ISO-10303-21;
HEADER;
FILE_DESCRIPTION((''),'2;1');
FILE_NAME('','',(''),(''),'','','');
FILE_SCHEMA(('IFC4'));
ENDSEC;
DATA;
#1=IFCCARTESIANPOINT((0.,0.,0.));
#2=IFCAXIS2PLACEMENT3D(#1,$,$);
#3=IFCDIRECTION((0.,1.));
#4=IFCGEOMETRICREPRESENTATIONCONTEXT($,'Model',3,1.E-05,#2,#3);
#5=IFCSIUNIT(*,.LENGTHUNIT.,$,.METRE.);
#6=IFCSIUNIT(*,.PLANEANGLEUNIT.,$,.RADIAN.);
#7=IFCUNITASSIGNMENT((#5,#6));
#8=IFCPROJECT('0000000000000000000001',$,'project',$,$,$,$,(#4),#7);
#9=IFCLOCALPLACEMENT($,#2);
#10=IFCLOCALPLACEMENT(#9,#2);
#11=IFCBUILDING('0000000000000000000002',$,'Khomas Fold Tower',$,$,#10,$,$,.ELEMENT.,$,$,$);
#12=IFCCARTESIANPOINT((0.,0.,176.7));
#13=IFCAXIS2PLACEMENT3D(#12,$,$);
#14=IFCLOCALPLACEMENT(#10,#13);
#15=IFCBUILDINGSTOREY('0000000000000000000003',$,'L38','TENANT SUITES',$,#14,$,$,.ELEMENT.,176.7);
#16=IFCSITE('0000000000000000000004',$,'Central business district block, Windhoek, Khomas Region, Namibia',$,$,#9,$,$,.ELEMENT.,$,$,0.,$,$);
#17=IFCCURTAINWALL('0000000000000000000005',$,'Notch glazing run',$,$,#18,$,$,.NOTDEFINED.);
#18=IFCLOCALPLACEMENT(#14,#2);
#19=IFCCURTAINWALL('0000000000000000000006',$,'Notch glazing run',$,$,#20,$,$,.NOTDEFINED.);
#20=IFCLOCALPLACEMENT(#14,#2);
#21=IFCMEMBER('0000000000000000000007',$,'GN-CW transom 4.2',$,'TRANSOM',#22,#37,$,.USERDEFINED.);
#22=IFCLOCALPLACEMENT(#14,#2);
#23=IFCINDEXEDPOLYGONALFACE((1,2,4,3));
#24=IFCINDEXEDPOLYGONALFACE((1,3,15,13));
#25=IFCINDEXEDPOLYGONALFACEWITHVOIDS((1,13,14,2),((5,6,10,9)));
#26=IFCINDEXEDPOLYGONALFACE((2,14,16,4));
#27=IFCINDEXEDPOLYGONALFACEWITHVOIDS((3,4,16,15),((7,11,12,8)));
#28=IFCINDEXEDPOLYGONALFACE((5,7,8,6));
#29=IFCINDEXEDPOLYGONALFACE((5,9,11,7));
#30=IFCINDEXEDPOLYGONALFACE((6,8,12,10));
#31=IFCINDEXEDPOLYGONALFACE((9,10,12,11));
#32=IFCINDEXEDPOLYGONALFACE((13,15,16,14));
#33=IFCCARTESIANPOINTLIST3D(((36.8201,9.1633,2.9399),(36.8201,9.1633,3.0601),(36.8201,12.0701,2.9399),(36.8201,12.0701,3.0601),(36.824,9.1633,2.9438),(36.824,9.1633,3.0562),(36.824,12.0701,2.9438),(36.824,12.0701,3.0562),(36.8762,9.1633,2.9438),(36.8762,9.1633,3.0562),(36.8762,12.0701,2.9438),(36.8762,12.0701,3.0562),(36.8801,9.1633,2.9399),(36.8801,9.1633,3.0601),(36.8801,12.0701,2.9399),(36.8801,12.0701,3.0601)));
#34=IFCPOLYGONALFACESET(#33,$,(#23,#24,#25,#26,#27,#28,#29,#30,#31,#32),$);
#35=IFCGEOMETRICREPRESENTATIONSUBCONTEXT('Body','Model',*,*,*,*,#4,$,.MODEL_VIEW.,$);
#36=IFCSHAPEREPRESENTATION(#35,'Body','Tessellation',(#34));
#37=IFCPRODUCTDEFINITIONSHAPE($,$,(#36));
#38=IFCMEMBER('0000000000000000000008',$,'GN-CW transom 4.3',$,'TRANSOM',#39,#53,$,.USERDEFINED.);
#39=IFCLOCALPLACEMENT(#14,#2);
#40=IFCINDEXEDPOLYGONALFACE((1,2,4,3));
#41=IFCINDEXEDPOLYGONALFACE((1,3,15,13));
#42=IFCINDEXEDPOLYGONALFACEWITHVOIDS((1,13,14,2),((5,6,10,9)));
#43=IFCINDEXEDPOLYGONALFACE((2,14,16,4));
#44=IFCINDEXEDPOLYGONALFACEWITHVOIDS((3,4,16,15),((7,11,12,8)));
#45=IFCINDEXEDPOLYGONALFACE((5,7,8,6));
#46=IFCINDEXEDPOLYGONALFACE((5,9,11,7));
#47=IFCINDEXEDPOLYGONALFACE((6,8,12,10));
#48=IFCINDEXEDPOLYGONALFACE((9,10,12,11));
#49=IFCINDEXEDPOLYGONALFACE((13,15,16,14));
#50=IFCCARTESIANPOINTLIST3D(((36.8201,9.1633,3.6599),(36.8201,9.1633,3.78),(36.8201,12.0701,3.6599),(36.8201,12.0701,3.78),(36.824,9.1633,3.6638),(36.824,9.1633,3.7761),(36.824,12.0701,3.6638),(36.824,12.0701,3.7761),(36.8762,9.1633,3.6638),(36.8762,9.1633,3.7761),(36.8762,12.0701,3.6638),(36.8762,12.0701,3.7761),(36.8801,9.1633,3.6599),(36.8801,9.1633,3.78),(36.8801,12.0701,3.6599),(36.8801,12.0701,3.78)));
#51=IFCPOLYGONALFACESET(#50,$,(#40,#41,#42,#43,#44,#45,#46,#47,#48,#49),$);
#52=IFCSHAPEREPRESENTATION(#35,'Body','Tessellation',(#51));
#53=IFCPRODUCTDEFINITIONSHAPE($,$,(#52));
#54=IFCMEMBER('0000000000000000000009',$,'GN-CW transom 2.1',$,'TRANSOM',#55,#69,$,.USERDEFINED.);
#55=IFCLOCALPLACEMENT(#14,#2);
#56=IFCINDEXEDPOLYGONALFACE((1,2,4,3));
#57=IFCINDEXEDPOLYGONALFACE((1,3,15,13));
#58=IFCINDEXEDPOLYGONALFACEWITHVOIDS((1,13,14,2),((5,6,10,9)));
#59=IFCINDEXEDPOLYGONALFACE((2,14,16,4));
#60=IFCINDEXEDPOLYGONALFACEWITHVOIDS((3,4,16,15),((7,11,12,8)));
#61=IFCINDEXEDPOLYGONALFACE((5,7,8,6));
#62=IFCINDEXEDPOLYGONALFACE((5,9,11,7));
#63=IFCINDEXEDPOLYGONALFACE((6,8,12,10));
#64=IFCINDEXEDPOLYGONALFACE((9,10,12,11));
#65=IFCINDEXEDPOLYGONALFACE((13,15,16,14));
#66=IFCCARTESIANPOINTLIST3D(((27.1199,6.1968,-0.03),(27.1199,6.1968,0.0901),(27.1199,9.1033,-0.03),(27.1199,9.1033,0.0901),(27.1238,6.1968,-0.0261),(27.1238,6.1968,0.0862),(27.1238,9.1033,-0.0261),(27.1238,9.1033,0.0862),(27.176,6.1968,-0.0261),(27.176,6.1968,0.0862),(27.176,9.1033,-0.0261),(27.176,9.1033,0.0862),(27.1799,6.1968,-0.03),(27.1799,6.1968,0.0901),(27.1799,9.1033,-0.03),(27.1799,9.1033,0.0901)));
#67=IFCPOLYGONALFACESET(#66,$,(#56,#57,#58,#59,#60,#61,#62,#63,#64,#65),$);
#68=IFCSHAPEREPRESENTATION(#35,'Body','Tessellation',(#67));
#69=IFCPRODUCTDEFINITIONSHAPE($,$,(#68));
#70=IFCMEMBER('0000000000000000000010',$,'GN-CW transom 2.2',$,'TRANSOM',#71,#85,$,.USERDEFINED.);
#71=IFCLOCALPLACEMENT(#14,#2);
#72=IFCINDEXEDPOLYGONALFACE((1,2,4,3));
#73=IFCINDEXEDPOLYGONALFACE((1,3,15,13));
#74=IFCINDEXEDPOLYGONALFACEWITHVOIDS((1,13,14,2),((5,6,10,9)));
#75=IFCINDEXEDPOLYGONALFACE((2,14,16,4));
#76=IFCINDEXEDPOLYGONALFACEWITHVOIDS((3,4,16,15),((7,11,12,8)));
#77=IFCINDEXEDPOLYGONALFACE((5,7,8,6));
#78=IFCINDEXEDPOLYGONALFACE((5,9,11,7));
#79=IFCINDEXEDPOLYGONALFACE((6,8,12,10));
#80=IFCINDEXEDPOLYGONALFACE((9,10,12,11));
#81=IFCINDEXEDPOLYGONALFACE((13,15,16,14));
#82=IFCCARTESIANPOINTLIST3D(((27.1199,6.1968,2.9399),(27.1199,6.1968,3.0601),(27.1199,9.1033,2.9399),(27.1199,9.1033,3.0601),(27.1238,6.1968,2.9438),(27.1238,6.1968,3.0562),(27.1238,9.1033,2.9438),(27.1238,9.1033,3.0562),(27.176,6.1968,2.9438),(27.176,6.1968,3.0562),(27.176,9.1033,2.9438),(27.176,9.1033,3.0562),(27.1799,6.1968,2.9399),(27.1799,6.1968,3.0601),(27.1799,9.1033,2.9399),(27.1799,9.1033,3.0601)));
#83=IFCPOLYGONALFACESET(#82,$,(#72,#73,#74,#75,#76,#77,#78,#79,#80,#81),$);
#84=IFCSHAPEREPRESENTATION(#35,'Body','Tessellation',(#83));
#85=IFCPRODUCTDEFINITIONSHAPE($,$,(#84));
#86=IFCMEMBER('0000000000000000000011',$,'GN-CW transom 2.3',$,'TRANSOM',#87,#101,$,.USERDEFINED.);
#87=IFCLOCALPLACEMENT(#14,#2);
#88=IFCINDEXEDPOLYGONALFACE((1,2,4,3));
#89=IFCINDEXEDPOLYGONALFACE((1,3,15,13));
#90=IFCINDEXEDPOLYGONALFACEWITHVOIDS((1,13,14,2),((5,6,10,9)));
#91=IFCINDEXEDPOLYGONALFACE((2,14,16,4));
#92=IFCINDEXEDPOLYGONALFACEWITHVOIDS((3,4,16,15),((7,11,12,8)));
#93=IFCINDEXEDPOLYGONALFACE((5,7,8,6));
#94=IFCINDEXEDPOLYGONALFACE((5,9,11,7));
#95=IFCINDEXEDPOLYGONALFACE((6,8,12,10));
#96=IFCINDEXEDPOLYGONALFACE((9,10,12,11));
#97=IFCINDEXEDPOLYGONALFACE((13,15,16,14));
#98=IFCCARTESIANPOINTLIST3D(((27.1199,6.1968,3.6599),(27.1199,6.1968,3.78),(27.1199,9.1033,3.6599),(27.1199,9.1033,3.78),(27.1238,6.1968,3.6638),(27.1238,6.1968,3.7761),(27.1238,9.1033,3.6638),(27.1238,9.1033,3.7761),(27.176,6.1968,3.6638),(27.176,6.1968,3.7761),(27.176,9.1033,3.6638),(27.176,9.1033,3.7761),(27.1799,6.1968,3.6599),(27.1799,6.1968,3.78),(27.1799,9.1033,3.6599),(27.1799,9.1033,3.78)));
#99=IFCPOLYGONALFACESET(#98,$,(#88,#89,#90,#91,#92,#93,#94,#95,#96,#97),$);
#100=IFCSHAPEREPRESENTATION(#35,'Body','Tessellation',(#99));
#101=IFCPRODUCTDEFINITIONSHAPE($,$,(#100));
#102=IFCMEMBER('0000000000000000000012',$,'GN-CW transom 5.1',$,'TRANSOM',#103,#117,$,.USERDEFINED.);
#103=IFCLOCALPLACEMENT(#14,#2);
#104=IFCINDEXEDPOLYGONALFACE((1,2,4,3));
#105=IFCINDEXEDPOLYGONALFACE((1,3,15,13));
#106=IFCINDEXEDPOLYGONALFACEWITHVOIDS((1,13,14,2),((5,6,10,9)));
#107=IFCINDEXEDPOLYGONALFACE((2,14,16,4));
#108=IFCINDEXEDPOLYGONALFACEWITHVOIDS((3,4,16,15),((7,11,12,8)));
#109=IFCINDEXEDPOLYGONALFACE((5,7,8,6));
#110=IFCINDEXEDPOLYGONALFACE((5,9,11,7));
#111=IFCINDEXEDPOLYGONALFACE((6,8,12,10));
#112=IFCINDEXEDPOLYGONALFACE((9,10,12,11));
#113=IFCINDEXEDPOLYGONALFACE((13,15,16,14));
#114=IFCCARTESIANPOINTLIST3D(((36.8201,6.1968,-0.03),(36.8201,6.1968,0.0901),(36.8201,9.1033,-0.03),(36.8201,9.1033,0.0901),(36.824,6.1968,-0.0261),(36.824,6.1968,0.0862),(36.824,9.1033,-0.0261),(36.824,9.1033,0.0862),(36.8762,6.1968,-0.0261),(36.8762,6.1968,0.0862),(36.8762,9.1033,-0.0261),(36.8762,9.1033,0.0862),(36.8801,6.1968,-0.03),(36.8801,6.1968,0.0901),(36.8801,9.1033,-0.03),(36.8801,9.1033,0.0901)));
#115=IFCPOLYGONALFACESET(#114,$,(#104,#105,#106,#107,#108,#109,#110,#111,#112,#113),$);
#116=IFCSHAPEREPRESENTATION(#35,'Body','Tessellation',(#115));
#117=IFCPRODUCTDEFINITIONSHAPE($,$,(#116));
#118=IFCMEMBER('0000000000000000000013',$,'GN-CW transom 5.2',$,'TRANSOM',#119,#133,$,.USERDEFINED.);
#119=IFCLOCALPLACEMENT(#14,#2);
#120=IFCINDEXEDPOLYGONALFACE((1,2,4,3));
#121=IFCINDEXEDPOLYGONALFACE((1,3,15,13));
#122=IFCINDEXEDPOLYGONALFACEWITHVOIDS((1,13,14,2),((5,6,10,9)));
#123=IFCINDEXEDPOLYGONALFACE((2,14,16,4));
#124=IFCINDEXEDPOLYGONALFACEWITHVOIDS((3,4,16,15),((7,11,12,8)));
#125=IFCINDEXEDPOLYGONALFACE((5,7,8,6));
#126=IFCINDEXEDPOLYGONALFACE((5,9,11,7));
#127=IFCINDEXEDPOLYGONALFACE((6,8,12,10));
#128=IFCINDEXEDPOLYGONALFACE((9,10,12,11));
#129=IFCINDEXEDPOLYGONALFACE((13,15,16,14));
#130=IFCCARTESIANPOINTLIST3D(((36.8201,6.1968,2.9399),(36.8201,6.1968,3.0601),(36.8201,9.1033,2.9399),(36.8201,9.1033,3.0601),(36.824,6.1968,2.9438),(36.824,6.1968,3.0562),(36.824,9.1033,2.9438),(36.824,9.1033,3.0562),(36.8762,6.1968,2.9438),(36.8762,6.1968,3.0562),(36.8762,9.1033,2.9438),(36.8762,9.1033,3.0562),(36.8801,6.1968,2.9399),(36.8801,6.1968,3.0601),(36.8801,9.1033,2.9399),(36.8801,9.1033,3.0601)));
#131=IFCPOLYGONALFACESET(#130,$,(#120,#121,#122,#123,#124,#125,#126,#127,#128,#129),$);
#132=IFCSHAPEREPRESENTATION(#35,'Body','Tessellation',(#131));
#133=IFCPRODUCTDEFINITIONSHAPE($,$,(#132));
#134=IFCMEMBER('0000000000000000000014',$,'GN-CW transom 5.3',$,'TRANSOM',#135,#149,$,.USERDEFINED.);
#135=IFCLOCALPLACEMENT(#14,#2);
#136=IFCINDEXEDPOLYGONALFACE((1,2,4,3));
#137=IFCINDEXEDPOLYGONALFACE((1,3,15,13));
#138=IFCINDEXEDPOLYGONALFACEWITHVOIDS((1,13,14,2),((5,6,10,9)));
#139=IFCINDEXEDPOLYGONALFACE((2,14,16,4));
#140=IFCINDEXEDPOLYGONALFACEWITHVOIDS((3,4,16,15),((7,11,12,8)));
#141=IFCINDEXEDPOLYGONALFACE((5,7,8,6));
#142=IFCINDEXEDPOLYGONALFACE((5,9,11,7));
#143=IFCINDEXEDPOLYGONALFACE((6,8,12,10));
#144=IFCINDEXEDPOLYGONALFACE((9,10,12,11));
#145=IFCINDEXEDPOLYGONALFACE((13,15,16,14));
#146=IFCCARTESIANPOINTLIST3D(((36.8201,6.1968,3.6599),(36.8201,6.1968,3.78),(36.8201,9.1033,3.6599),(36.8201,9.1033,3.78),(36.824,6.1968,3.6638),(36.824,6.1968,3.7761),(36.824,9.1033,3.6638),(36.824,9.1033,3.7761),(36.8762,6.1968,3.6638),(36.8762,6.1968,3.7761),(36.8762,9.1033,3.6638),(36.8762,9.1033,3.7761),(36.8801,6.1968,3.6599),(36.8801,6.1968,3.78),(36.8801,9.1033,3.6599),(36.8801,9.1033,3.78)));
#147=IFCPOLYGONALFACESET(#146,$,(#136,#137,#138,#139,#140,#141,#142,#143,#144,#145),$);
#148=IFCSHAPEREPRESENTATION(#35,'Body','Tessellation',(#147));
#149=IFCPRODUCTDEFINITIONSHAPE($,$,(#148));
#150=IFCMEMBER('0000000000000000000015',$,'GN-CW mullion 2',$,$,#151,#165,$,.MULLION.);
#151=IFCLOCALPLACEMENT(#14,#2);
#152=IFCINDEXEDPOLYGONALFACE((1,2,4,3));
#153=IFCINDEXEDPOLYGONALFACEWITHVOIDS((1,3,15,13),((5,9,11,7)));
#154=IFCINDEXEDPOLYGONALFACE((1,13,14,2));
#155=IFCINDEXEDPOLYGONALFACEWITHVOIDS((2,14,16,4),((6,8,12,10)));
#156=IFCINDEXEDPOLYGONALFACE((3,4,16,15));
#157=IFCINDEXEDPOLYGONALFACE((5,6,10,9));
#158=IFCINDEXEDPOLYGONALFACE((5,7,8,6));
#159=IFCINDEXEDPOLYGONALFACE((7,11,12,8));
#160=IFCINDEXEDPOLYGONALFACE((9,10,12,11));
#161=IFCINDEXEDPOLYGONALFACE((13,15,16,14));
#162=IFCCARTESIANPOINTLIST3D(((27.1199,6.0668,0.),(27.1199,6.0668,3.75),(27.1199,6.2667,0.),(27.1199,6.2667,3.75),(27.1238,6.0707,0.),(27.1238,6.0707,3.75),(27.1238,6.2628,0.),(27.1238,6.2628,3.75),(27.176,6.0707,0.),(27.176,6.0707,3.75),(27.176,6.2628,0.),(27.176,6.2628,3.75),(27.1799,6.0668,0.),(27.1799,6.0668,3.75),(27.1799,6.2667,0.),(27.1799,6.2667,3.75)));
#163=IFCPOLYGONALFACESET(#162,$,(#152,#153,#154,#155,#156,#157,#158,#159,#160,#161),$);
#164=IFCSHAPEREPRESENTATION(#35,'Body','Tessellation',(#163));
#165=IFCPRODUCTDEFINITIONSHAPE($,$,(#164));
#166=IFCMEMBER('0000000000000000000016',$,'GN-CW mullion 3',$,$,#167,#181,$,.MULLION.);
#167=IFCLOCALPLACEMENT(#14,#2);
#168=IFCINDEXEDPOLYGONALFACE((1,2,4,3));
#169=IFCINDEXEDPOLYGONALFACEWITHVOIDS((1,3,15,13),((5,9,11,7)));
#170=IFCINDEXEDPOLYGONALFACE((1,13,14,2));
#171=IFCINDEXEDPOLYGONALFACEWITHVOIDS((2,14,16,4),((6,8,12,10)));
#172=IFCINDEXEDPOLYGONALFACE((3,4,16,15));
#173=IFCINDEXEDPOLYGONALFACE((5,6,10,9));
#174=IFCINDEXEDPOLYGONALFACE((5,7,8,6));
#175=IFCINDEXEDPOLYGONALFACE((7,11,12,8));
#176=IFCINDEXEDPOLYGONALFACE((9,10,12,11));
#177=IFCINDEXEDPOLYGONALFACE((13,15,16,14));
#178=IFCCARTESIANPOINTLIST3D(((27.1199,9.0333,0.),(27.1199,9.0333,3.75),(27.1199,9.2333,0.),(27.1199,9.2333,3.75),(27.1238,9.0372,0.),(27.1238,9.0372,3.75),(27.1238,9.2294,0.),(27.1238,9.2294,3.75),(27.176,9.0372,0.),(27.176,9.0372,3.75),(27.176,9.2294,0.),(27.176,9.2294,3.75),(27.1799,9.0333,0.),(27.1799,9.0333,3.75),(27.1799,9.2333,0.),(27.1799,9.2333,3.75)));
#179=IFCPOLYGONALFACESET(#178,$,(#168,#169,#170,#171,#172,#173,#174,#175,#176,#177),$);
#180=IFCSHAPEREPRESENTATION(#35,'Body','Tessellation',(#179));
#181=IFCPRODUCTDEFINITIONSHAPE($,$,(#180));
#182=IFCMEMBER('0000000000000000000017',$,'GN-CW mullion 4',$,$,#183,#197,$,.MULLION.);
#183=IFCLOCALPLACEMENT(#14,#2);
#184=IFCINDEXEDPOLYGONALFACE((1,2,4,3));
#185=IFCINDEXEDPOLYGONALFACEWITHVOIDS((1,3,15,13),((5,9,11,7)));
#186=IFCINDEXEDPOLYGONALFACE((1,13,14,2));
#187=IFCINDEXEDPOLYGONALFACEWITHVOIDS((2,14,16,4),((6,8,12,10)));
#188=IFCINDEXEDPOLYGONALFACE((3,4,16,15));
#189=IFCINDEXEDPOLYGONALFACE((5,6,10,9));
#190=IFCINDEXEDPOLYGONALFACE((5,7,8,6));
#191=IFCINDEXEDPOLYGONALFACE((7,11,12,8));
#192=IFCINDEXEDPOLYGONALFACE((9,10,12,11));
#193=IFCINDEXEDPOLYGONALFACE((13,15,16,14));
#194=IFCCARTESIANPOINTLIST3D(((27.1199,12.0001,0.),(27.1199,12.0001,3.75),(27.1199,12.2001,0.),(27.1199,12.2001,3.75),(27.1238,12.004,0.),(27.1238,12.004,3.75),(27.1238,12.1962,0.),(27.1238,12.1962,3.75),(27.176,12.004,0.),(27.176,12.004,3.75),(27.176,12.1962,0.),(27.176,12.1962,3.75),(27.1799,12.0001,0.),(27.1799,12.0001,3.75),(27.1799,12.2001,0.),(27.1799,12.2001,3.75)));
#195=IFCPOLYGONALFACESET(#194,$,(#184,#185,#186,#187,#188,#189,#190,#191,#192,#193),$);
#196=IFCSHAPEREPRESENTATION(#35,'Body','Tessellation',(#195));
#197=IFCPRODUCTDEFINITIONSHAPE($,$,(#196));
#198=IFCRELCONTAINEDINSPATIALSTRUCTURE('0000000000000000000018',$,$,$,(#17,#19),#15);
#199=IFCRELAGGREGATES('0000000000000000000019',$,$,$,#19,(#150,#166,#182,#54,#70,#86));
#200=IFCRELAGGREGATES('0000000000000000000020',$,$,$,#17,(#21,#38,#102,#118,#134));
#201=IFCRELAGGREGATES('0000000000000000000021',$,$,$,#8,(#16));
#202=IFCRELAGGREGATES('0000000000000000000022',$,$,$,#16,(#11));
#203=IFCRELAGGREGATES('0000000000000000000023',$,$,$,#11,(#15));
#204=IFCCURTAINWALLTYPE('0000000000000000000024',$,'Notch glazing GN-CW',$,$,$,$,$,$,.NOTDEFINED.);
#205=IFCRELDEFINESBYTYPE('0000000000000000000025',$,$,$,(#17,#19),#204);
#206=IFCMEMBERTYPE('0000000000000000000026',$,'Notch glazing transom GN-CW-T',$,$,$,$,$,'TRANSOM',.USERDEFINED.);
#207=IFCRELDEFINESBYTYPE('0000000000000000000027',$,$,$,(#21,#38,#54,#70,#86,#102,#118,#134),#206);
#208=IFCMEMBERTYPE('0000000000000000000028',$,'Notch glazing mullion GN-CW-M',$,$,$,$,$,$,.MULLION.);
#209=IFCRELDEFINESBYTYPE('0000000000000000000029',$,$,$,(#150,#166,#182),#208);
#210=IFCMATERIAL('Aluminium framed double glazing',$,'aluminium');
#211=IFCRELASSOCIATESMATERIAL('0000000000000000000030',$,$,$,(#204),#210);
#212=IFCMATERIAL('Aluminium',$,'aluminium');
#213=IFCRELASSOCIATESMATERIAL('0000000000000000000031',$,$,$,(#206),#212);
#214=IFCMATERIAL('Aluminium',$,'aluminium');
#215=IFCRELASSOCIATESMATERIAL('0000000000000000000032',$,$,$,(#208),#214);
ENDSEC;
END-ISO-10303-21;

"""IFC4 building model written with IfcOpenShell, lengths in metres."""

from ifc_helpers import new_model, si_unit, direction, frame, origin, origin_2d, place, context, subcontext, project, spatial, hollow_rectangle, extrude, source, transform, mapped, material, material_profile, profile_set, type_object, element, aggregate, save


model = new_model("IFC4")

# Units and contexts
model_context = context("Model", 3, precision=1e-05, world=origin(), true_north=direction((0.0, 1.0)))
body_context = subcontext(model_context, "Body", "Model", "MODEL_VIEW")
ifc_project = project(units=[si_unit("LENGTHUNIT", "METRE"), si_unit("PLANEANGLEUNIT", "RADIAN")], contexts=[model_context])

# Site, building, storey
site_placement = place(None, origin())
site = spatial("IfcSite", under=ifc_project, at=site_placement, Name="Central business district block, Windhoek, Khomas Region, Namibia", CompositionType="ELEMENT", RefElevation=0.0)
building_placement = place(site_placement, origin())
building = spatial("IfcBuilding", under=site, at=building_placement, Name="Khomas Fold Tower", CompositionType="ELEMENT")
storey_placement = place(building_placement, frame((0.0, 0.0, 176.7)))
storey = spatial("IfcBuildingStorey", under=building, at=storey_placement, Name="L38", Description="TENANT SUITES", CompositionType="ELEMENT", Elevation=176.7)

# Curtain walls
ifc_material_1 = material(Name="Aluminium framed double glazing", Category="aluminium")
curtain_wall_type_1 = type_object("IfcCurtainWallType", Name="Notch glazing GN-CW", PredefinedType="NOTDEFINED", material=ifc_material_1)
curtain_wall_1_placement = place(storey_placement, origin())
curtain_wall_1 = element("IfcCurtainWall", 1, at=curtain_wall_1_placement, inside=storey, type_object=curtain_wall_type_1, Name="Notch glazing run", PredefinedType="NOTDEFINED")
ifc_material_2 = material(Name="Aluminium", Category="aluminium")
ifc_material_profile_1 = material_profile(ifc_material_2, hollow_rectangle(XDim=0.0601, YDim=0.1201, WallThickness=0.0039, at=origin_2d()), Name="Notch glazing transom GN-CW-T")
ifc_profile_set_1 = profile_set([ifc_material_profile_1], Name="Aluminium")
member_type_1 = type_object("IfcMemberType", Name="Notch glazing transom GN-CW-T", ElementType="TRANSOM", PredefinedType="USERDEFINED", material=ifc_profile_set_1)
curtain_wall_2_placement = place(storey_placement, origin())
curtain_wall_2 = element("IfcCurtainWall", 2, at=curtain_wall_2_placement, inside=storey, type_object=curtain_wall_type_1, Name="Notch glazing run", PredefinedType="NOTDEFINED")
shared_shape_1 = source(origin(), body_context, "Body", "SweptSolid", [
    extrude(hollow_rectangle(XDim=0.0601, YDim=0.1201, WallThickness=0.0039, at=origin_2d()), origin(), (0.0, 0.0, 1.0), 2.9067),
])

# Members
member_1_placement = place(storey_placement, frame((36.8501, 12.0701, 3.0), z_axis=(0.0, -1.0, 0.0), x_axis=(1.0, 0.0, 0.0)))
member_1 = element("IfcMember", 3, at=member_1_placement, type_object=member_type_1, Name="GN-CW transom 4.2", ObjectType="TRANSOM", PredefinedType="USERDEFINED", context=body_context, shape_type="MappedRepresentation", body=[
    mapped(shared_shape_1, transform((0.0, 0.0, 0.0))),
])
member_2_placement = place(storey_placement, frame((36.8501, 12.0701, 3.72), z_axis=(0.0, -1.0, 0.0), x_axis=(1.0, 0.0, 0.0)))
member_2 = element("IfcMember", 4, at=member_2_placement, type_object=member_type_1, Name="GN-CW transom 4.3", ObjectType="TRANSOM", PredefinedType="USERDEFINED", context=body_context, shape_type="MappedRepresentation", body=[
    mapped(shared_shape_1, transform((0.0, 0.0, 0.0))),
])
shared_shape_2 = source(origin(), body_context, "Body", "SweptSolid", [
    extrude(hollow_rectangle(XDim=0.0601, YDim=0.1201, WallThickness=0.0039, at=origin_2d()), origin(), (0.0, 0.0, 1.0), 2.9065),
])
member_3_placement = place(storey_placement, frame((27.1499, 6.1968, 0.03), z_axis=(0.0, 1.0, 0.0), x_axis=(-1.0, 0.0, 0.0)))
member_3 = element("IfcMember", 5, at=member_3_placement, type_object=member_type_1, Name="GN-CW transom 2.1", ObjectType="TRANSOM", PredefinedType="USERDEFINED", context=body_context, shape_type="MappedRepresentation", body=[
    mapped(shared_shape_2, transform((0.0, 0.0, 0.0))),
])
member_4_placement = place(storey_placement, frame((27.1499, 6.1968, 3.0), z_axis=(0.0, 1.0, 0.0), x_axis=(-1.0, 0.0, 0.0)))
member_4 = element("IfcMember", 6, at=member_4_placement, type_object=member_type_1, Name="GN-CW transom 2.2", ObjectType="TRANSOM", PredefinedType="USERDEFINED", context=body_context, shape_type="MappedRepresentation", body=[
    mapped(shared_shape_2, transform((0.0, 0.0, 0.0))),
])
member_5_placement = place(storey_placement, frame((27.1499, 6.1968, 3.72), z_axis=(0.0, 1.0, 0.0), x_axis=(-1.0, 0.0, 0.0)))
member_5 = element("IfcMember", 7, at=member_5_placement, type_object=member_type_1, Name="GN-CW transom 2.3", ObjectType="TRANSOM", PredefinedType="USERDEFINED", context=body_context, shape_type="MappedRepresentation", body=[
    mapped(shared_shape_2, transform((0.0, 0.0, 0.0))),
])
member_6_placement = place(storey_placement, frame((36.8501, 9.1033, 0.03), z_axis=(0.0, -1.0, 0.0), x_axis=(1.0, 0.0, 0.0)))
member_6 = element("IfcMember", 8, at=member_6_placement, type_object=member_type_1, Name="GN-CW transom 5.1", ObjectType="TRANSOM", PredefinedType="USERDEFINED", context=body_context, shape_type="MappedRepresentation", body=[
    mapped(shared_shape_2, transform((0.0, 0.0, 0.0))),
])
member_7_placement = place(storey_placement, frame((36.8501, 9.1033, 3.0), z_axis=(0.0, -1.0, 0.0), x_axis=(1.0, 0.0, 0.0)))
member_7 = element("IfcMember", 9, at=member_7_placement, type_object=member_type_1, Name="GN-CW transom 5.2", ObjectType="TRANSOM", PredefinedType="USERDEFINED", context=body_context, shape_type="MappedRepresentation", body=[
    mapped(shared_shape_2, transform((0.0, 0.0, 0.0))),
])
member_8_placement = place(storey_placement, frame((36.8501, 9.1033, 3.72), z_axis=(0.0, -1.0, 0.0), x_axis=(1.0, 0.0, 0.0)))
member_8 = element("IfcMember", 10, at=member_8_placement, type_object=member_type_1, Name="GN-CW transom 5.3", ObjectType="TRANSOM", PredefinedType="USERDEFINED", context=body_context, shape_type="MappedRepresentation", body=[
    mapped(shared_shape_2, transform((0.0, 0.0, 0.0))),
])
ifc_material_3 = material(Name="Aluminium", Category="aluminium")
ifc_material_profile_2 = material_profile(ifc_material_3, hollow_rectangle(XDim=0.0601, YDim=0.2, WallThickness=0.0039, at=origin_2d()), Name="Notch glazing mullion GN-CW-M")
ifc_profile_set_2 = profile_set([ifc_material_profile_2], Name="Aluminium")
member_type_2 = type_object("IfcMemberType", Name="Notch glazing mullion GN-CW-M", PredefinedType="MULLION", material=ifc_profile_set_2)
shared_shape_3 = source(origin(), body_context, "Body", "SweptSolid", [
    extrude(hollow_rectangle(XDim=0.0601, YDim=0.2, WallThickness=0.0039, at=origin_2d()), origin(), (0.0, 0.0, 1.0), 3.75),
])
member_9_placement = place(storey_placement, frame((27.1499, 6.1667, 0.0), z_axis=(0.0, 0.0, 1.0), x_axis=(-1.0, 0.0, 0.0)))
member_9 = element("IfcMember", 11, at=member_9_placement, type_object=member_type_2, Name="GN-CW mullion 2", PredefinedType="MULLION", context=body_context, shape_type="MappedRepresentation", body=[
    mapped(shared_shape_3, transform((0.0, 0.0, 0.0))),
])
member_10_placement = place(storey_placement, frame((27.1499, 9.1333, 0.0), z_axis=(0.0, 0.0, 1.0), x_axis=(-1.0, 0.0, 0.0)))
member_10 = element("IfcMember", 12, at=member_10_placement, type_object=member_type_2, Name="GN-CW mullion 3", PredefinedType="MULLION", context=body_context, shape_type="MappedRepresentation", body=[
    mapped(shared_shape_3, transform((0.0, 0.0, 0.0))),
])
member_11_placement = place(storey_placement, frame((27.1499, 12.1001, 0.0), z_axis=(0.0, 0.0, 1.0), x_axis=(-1.0, 0.0, 0.0)))
member_11 = element("IfcMember", 13, at=member_11_placement, type_object=member_type_2, Name="GN-CW mullion 4", PredefinedType="MULLION", context=body_context, shape_type="MappedRepresentation", body=[
    mapped(shared_shape_3, transform((0.0, 0.0, 0.0))),
])

aggregate(curtain_wall_2, [member_9, member_10, member_11, member_3, member_4, member_5])
aggregate(curtain_wall_1, [member_1, member_2, member_6, member_7, member_8])

save(model, "model.ifc")
